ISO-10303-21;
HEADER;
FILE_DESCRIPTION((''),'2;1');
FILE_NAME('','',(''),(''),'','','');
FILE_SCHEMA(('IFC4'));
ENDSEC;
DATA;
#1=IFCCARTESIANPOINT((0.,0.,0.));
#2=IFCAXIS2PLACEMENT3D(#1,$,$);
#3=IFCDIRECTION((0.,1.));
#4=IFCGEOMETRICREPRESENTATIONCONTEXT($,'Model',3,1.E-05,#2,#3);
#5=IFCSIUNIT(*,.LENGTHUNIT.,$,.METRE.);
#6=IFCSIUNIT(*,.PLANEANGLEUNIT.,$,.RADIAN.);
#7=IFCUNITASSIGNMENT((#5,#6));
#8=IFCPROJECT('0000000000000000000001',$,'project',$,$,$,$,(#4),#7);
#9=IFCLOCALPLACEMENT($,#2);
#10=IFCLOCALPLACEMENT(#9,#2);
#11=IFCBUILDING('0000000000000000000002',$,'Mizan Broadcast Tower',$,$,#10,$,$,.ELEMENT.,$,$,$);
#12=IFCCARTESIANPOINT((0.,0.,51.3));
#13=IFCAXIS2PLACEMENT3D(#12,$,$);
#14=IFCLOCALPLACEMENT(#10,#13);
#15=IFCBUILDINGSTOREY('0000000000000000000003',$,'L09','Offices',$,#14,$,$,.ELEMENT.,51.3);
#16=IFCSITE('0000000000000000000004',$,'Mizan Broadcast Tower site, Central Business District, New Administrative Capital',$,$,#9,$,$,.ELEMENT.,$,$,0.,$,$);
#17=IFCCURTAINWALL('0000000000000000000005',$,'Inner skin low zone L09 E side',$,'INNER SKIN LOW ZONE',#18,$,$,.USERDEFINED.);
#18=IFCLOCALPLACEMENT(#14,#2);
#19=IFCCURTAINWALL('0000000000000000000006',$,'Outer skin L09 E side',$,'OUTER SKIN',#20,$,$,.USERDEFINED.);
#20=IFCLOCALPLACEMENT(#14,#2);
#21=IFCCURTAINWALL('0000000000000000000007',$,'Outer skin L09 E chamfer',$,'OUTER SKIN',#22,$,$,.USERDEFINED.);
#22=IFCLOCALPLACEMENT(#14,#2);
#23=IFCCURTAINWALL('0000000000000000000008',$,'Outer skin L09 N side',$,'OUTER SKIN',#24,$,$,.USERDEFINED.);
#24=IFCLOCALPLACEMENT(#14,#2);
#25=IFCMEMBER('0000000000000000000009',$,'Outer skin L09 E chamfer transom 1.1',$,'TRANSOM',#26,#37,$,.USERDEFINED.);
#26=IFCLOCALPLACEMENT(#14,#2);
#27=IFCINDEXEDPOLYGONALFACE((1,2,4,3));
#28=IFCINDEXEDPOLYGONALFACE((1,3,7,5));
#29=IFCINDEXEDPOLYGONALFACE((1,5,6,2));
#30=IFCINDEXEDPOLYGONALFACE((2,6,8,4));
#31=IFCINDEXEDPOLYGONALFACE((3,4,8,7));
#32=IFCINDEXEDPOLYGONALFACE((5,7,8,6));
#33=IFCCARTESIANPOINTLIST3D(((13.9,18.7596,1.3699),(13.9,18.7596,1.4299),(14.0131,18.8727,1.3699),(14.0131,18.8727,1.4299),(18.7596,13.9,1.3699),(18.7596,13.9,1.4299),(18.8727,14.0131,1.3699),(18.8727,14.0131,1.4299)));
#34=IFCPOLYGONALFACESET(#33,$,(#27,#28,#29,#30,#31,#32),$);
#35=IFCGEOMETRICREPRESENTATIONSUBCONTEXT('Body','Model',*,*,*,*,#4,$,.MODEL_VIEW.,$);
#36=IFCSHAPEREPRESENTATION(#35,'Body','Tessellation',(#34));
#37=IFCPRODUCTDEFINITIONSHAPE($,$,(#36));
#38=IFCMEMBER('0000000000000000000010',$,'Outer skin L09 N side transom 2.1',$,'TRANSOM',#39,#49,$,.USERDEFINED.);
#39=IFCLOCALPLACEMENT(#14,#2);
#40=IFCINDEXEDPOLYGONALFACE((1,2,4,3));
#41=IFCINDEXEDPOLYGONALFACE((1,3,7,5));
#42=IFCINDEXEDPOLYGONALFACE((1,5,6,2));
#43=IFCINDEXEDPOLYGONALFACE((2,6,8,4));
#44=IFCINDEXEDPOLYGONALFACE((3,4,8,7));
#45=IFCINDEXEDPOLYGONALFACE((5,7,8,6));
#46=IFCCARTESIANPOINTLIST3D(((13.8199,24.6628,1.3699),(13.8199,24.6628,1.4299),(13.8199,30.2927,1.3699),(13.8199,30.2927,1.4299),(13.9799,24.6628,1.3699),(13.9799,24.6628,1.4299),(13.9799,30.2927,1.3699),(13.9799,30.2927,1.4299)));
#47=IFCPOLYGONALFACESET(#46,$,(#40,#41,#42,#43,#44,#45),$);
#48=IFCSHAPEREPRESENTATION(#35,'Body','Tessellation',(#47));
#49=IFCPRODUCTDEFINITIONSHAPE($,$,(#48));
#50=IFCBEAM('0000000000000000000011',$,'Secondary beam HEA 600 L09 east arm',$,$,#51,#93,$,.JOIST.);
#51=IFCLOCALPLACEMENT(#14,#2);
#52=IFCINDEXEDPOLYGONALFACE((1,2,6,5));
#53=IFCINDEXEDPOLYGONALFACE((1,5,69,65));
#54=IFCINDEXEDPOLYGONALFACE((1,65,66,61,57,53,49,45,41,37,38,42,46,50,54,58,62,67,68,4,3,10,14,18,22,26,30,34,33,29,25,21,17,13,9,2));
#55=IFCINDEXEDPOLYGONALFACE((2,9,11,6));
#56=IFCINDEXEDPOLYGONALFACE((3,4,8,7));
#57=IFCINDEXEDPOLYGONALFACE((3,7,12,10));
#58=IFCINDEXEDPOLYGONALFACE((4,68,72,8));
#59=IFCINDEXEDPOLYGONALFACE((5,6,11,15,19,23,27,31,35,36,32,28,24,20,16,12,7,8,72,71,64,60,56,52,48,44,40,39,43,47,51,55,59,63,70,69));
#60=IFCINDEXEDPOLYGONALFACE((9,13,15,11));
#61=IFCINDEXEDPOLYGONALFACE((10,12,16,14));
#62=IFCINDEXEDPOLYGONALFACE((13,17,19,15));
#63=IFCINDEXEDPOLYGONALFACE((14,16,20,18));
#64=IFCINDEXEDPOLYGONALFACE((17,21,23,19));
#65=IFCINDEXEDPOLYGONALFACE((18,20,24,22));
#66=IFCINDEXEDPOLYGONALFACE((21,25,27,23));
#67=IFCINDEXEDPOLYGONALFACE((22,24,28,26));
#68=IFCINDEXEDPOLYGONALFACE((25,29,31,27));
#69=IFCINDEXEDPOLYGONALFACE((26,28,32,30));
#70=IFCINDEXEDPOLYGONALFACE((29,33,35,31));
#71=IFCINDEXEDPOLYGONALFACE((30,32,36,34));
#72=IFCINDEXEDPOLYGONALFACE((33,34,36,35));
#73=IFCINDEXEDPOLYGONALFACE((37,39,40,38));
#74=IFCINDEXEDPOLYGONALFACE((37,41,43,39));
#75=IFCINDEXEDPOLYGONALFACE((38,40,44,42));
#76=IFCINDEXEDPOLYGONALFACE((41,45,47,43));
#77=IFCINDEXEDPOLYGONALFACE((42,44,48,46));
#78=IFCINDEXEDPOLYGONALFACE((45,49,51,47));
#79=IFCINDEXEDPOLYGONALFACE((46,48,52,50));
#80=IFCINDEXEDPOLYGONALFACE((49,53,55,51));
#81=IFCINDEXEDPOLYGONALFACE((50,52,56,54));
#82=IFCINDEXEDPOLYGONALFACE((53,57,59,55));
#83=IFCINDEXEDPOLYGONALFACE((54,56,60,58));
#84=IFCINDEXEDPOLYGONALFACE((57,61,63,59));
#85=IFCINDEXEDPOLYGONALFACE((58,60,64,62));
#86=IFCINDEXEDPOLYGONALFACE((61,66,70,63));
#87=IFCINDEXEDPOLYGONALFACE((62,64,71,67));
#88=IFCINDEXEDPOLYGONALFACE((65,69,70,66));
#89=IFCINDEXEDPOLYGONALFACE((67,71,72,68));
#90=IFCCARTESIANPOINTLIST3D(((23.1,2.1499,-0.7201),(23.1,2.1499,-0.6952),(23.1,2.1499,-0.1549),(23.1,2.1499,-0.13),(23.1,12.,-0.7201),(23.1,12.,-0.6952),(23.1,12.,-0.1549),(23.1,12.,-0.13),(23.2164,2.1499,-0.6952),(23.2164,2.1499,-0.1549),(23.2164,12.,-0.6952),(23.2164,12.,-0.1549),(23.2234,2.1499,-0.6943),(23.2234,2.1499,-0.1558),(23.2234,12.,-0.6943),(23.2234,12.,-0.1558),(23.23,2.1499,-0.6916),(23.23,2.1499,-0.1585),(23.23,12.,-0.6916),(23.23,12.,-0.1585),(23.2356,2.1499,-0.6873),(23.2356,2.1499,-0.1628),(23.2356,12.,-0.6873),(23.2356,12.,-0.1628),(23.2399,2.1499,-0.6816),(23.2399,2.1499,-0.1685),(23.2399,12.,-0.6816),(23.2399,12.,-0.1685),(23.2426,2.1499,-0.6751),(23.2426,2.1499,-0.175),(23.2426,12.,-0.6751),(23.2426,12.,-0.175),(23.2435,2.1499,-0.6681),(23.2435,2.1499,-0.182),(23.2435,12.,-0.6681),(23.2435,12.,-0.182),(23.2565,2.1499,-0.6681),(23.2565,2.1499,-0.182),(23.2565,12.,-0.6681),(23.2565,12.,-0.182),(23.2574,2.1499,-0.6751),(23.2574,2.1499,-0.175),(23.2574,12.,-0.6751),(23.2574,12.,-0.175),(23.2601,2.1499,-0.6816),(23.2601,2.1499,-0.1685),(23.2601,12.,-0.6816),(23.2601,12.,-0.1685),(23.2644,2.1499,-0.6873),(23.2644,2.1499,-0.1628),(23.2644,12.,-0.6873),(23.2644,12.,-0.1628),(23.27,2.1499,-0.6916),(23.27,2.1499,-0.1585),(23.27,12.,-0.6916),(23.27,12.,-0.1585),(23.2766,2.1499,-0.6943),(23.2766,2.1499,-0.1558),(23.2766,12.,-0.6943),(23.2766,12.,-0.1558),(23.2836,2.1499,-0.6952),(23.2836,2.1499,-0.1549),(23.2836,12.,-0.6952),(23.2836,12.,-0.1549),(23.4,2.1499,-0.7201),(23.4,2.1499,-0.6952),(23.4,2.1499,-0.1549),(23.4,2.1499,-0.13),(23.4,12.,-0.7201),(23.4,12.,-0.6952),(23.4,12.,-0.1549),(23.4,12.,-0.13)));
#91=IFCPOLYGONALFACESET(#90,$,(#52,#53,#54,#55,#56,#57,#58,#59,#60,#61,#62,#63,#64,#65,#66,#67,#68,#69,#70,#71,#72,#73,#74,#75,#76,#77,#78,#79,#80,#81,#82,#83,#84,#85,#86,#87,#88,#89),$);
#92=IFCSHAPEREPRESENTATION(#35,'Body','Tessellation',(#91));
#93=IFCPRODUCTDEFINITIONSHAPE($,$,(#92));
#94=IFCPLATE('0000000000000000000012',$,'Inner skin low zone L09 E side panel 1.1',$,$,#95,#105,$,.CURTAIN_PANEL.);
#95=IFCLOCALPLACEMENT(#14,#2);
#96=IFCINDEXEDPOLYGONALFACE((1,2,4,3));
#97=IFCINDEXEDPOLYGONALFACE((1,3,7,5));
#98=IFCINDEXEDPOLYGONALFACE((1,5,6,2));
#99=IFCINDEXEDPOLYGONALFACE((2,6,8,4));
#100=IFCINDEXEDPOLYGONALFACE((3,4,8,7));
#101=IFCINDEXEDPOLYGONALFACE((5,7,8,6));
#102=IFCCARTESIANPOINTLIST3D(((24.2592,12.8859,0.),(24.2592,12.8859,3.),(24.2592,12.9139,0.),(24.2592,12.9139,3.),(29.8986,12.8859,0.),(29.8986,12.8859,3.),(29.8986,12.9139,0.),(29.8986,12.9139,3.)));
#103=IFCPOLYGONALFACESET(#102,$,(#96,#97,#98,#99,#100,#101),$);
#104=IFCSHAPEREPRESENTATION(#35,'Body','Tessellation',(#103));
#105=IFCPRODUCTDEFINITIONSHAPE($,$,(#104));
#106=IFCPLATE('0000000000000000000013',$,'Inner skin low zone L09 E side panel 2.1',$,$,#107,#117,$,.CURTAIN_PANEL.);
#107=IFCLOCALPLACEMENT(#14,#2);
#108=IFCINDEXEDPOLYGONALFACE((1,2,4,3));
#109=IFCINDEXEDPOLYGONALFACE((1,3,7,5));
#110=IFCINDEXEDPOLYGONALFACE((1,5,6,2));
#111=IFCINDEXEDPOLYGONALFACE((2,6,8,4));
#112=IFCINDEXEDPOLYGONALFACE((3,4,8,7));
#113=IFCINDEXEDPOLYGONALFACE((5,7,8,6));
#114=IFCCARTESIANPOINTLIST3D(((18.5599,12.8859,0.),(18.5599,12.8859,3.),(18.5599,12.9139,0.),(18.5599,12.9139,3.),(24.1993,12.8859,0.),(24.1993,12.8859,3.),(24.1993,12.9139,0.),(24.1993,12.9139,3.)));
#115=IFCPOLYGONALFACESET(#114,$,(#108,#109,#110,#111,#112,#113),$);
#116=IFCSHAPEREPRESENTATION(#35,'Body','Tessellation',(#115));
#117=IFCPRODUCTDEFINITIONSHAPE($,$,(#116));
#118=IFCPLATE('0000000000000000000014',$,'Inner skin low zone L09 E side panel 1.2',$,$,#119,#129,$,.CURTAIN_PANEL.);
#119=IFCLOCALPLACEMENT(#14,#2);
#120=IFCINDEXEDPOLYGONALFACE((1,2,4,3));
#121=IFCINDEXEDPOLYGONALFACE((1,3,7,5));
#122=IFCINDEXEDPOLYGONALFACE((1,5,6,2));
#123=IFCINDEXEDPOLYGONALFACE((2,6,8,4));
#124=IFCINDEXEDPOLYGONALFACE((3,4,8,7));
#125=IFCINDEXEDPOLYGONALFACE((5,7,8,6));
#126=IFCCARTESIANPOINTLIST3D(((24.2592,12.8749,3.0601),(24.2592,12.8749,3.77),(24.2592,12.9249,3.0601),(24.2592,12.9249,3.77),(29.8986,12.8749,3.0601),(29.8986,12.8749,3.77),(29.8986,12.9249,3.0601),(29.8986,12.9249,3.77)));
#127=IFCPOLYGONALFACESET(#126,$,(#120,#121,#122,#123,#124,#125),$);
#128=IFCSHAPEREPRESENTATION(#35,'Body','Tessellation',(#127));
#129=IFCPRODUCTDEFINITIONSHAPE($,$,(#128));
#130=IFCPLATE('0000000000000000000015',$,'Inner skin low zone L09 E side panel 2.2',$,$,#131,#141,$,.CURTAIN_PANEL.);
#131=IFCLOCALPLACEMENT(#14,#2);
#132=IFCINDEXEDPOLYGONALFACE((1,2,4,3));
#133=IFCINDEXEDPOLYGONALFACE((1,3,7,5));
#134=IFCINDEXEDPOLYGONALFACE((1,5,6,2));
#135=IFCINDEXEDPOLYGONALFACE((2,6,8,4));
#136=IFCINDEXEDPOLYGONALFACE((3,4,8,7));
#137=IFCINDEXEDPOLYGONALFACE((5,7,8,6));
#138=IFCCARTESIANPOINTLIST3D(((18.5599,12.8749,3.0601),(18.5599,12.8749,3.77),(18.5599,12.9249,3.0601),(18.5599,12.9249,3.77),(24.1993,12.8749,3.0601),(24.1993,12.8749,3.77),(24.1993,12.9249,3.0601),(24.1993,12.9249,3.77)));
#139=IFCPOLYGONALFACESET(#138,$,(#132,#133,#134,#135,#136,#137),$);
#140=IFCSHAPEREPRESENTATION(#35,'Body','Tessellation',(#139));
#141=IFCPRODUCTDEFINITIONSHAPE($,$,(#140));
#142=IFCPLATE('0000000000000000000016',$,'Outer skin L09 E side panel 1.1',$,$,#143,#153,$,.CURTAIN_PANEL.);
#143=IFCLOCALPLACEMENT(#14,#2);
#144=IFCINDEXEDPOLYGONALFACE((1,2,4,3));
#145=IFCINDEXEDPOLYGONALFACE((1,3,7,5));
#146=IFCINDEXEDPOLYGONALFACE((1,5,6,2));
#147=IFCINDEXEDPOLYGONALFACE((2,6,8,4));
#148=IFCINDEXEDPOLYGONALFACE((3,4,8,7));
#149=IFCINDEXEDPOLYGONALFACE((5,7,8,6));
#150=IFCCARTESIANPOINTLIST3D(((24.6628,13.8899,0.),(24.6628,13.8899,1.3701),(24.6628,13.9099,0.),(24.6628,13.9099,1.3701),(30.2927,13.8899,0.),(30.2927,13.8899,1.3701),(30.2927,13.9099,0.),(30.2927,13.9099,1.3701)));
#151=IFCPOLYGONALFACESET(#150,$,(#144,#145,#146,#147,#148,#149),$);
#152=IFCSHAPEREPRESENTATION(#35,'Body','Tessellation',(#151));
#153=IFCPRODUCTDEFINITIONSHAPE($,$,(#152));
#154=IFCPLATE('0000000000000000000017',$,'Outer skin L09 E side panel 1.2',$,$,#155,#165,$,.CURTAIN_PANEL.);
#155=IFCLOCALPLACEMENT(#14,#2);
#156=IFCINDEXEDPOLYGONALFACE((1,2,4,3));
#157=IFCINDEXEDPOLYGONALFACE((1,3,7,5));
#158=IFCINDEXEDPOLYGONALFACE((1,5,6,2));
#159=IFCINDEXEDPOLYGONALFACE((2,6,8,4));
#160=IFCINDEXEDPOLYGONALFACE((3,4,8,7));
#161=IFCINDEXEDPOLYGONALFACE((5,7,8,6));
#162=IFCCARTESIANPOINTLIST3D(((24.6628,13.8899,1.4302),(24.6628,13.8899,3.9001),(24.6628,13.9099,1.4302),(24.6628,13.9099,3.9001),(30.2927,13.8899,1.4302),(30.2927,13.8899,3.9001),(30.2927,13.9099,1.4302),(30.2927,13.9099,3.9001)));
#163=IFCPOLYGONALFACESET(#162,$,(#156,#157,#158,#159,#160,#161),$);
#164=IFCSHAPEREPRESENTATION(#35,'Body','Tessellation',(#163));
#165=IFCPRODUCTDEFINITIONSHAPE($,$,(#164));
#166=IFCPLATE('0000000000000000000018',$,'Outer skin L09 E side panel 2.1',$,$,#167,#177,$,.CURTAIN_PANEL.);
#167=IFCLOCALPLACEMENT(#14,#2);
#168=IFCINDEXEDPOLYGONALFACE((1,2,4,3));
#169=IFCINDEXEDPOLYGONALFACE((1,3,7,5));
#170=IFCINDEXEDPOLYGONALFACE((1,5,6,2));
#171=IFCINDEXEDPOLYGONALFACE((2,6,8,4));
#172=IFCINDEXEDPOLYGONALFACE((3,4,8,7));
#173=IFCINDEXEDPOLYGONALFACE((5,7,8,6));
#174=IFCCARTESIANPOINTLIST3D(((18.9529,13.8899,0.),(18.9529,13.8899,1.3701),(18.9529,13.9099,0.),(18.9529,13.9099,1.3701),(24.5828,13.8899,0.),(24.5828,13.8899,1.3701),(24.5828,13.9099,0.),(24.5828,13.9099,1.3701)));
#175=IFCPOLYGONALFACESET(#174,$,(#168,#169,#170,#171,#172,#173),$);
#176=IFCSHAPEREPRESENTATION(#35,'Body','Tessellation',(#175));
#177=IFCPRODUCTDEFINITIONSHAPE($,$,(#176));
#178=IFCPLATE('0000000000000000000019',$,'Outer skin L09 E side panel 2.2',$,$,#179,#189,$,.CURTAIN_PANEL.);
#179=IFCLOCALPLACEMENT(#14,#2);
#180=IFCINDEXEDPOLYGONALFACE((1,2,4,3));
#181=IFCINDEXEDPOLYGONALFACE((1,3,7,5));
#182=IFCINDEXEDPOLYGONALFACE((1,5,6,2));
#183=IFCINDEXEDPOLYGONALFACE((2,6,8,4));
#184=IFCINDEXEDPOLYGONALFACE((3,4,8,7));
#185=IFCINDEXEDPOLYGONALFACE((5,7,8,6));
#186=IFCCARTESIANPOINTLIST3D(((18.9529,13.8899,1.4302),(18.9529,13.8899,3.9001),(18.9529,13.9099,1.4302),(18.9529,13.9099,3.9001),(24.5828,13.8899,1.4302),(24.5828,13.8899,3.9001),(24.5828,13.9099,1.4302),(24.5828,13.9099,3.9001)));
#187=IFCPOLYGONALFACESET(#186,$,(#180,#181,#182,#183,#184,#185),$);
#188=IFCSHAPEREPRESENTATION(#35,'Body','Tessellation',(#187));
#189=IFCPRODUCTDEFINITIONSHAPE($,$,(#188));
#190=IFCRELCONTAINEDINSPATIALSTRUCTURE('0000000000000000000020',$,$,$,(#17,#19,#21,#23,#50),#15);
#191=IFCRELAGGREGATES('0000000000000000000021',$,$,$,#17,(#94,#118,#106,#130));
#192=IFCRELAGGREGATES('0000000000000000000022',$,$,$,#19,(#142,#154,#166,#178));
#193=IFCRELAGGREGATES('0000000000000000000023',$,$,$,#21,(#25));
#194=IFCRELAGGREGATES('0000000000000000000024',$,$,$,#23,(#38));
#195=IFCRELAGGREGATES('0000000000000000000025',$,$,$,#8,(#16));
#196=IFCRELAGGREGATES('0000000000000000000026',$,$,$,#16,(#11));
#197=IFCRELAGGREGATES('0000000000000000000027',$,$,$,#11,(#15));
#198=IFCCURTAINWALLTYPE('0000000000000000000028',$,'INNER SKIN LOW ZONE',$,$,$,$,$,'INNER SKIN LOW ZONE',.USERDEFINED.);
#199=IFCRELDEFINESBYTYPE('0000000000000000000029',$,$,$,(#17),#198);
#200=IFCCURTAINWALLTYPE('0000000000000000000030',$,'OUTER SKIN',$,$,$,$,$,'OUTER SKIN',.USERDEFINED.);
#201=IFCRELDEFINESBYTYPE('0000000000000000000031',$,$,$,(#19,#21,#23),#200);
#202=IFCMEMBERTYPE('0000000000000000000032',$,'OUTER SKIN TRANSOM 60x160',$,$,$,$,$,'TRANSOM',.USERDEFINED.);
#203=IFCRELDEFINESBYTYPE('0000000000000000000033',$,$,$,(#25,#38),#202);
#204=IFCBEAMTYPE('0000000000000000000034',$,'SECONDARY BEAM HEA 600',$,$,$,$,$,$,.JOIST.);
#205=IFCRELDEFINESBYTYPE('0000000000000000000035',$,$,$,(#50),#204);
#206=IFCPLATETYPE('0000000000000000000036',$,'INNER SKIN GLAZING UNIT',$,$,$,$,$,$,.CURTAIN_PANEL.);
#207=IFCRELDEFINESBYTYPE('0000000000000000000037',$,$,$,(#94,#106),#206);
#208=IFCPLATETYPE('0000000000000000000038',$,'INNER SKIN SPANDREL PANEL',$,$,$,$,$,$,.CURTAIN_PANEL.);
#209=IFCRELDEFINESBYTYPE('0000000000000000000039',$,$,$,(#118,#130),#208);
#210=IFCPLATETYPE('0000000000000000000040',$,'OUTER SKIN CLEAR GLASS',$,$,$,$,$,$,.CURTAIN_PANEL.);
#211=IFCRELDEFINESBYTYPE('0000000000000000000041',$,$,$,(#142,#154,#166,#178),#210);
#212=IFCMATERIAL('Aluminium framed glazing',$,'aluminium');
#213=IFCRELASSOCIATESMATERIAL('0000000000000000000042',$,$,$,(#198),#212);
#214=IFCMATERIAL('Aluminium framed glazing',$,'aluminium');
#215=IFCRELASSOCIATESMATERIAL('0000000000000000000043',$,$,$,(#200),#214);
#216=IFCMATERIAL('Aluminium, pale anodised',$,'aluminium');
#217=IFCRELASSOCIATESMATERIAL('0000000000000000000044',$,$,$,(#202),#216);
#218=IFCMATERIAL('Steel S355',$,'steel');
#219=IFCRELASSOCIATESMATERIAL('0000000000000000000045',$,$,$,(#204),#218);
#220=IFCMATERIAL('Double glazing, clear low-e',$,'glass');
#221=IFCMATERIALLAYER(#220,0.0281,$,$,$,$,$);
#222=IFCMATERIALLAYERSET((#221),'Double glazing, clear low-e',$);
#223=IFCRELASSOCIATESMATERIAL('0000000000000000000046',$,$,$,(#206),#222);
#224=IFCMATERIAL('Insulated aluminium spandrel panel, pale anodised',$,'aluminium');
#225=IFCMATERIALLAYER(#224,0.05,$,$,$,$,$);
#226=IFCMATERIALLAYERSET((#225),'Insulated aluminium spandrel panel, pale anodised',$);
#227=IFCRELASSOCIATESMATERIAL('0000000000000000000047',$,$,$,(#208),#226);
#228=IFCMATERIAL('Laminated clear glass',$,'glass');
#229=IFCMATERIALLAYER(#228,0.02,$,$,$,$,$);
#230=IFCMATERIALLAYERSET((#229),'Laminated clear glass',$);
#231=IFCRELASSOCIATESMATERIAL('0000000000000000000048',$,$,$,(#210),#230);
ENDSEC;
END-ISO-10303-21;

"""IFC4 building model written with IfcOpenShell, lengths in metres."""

from ifc_helpers import new_model, si_unit, direction, frame, origin, origin_2d, place, context, subcontext, project, spatial, rectangle, i_section, extrude, material, layer, layer_set, material_profile, profile_set, type_object, element, aggregate, save


model = new_model("IFC4")

# Units and contexts
model_context = context("Model", 3, precision=1e-05, world=origin(), true_north=direction((0.0, 1.0)))
body_context = subcontext(model_context, "Body", "Model", "MODEL_VIEW")
ifc_project = project(units=[si_unit("LENGTHUNIT", "METRE"), si_unit("PLANEANGLEUNIT", "RADIAN")], contexts=[model_context])

# Site, building, storey
site_placement = place(None, origin())
site = spatial("IfcSite", under=ifc_project, at=site_placement, Name="Mizan Broadcast Tower site, Central Business District, New Administrative Capital", CompositionType="ELEMENT", RefElevation=0.0)
building_placement = place(site_placement, origin())
building = spatial("IfcBuilding", under=site, at=building_placement, Name="Mizan Broadcast Tower", CompositionType="ELEMENT")
storey_placement = place(building_placement, frame((0.0, 0.0, 51.3)))
storey = spatial("IfcBuildingStorey", under=building, at=storey_placement, Name="L09", Description="Offices", CompositionType="ELEMENT", Elevation=51.3)

# Shared definitions
ifc_material_1 = material(Name="Aluminium framed glazing", Category="aluminium")
curtain_wall_type_1 = type_object("IfcCurtainWallType", Name="INNER SKIN LOW ZONE", ElementType="INNER SKIN LOW ZONE", PredefinedType="USERDEFINED", material=ifc_material_1)

# Curtain wall
curtain_wall_1_placement = place(storey_placement, origin())
curtain_wall_1 = element("IfcCurtainWall", 1, at=curtain_wall_1_placement, inside=storey, type_object=curtain_wall_type_1, Name="Inner skin low zone L09 E side", ObjectType="INNER SKIN LOW ZONE", PredefinedType="USERDEFINED")

# Shared definitions
ifc_material_2 = material(Name="Aluminium framed glazing", Category="aluminium")
curtain_wall_type_2 = type_object("IfcCurtainWallType", Name="OUTER SKIN", ElementType="OUTER SKIN", PredefinedType="USERDEFINED", material=ifc_material_2)

# Curtain wall
curtain_wall_2_placement = place(storey_placement, origin())
curtain_wall_2 = element("IfcCurtainWall", 2, at=curtain_wall_2_placement, inside=storey, type_object=curtain_wall_type_2, Name="Outer skin L09 E side", ObjectType="OUTER SKIN", PredefinedType="USERDEFINED")

# Curtain wall
curtain_wall_3_placement = place(storey_placement, origin())
curtain_wall_3 = element("IfcCurtainWall", 3, at=curtain_wall_3_placement, inside=storey, type_object=curtain_wall_type_2, Name="Outer skin L09 E chamfer", ObjectType="OUTER SKIN", PredefinedType="USERDEFINED")

# Curtain wall
curtain_wall_4_placement = place(storey_placement, origin())
curtain_wall_4 = element("IfcCurtainWall", 4, at=curtain_wall_4_placement, inside=storey, type_object=curtain_wall_type_2, Name="Outer skin L09 N side", ObjectType="OUTER SKIN", PredefinedType="USERDEFINED")

# Members
ifc_material_3 = material(Name="Aluminium, pale anodised", Category="aluminium")
ifc_material_profile_1 = material_profile(ifc_material_3, rectangle(XDim=0.1599, YDim=0.0601, at=origin_2d()), Name="TRANSOM 160x60")
ifc_profile_set_1 = profile_set([ifc_material_profile_1], Name="Aluminium, pale anodised")
member_type_1 = type_object("IfcMemberType", Name="OUTER SKIN TRANSOM 60x160", ElementType="TRANSOM", PredefinedType="USERDEFINED", material=ifc_profile_set_1)
member_1_placement = place(storey_placement, frame((18.8162, 13.9565, 1.3999), z_axis=(-0.707107, 0.707107, 0.0), x_axis=(-0.707107, -0.707107, 0.0)))
member_1 = element("IfcMember", 5, at=member_1_placement, type_object=member_type_1, Name="Outer skin L09 E chamfer transom 1.1", ObjectType="TRANSOM", PredefinedType="USERDEFINED", context=body_context, shape_type="SweptSolid", body=[
    extrude(rectangle(XDim=0.1599, YDim=0.0601, at=origin_2d()), origin(), (0.0, 0.0, 1.0), 6.8726),
])
member_2_placement = place(storey_placement, frame((13.8999, 24.6628, 1.3999), z_axis=(0.0, 1.0, 0.0), x_axis=(-1.0, 0.0, 0.0)))
member_2 = element("IfcMember", 6, at=member_2_placement, type_object=member_type_1, Name="Outer skin L09 N side transom 2.1", ObjectType="TRANSOM", PredefinedType="USERDEFINED", context=body_context, shape_type="SweptSolid", body=[
    extrude(rectangle(XDim=0.1599, YDim=0.0601, at=origin_2d()), origin(), (0.0, 0.0, 1.0), 5.6299),
])

# Beam
ifc_material_4 = material(Name="Steel S355", Category="steel")
ifc_material_profile_2 = material_profile(ifc_material_4, i_section(OverallWidth=0.3, OverallDepth=0.5901, WebThickness=0.0129, FlangeThickness=0.0249, FilletRadius=0.0271, at=origin_2d()), Name="HEA 600")
ifc_profile_set_2 = profile_set([ifc_material_profile_2], Name="Steel S355")
beam_type = type_object("IfcBeamType", Name="SECONDARY BEAM HEA 600", PredefinedType="JOIST", material=ifc_profile_set_2)
beam_placement = place(storey_placement, frame((23.25, 12.0, -0.425), z_axis=(0.0, -1.0, 0.0), x_axis=(1.0, 0.0, 0.0)))
element("IfcBeam", 7, at=beam_placement, inside=storey, type_object=beam_type, Name="Secondary beam HEA 600 L09 east arm", PredefinedType="JOIST", context=body_context, shape_type="SweptSolid", body=[
    extrude(i_section(OverallWidth=0.3, OverallDepth=0.5901, WebThickness=0.0129, FlangeThickness=0.0249, FilletRadius=0.0271, at=origin_2d()), origin(), (0.0, 0.0, 1.0), 9.8501),
])

# Plates
ifc_material_5 = material(Name="Double glazing, clear low-e", Category="glass")
ifc_layer_1 = layer(ifc_material_5, 0.0281)
ifc_layer_set_1 = layer_set([ifc_layer_1], Name="Double glazing, clear low-e")
plate_type_1 = type_object("IfcPlateType", Name="INNER SKIN GLAZING UNIT", PredefinedType="CURTAIN_PANEL", material=ifc_layer_set_1)
plate_1_placement = place(storey_placement, frame((27.0789, 12.8999, 0.0), z_axis=(0.0, 0.0, 1.0), x_axis=(-1.0, 0.0, 0.0)))
plate_1 = element("IfcPlate", 8, at=plate_1_placement, type_object=plate_type_1, Name="Inner skin low zone L09 E side panel 1.1", PredefinedType="CURTAIN_PANEL", context=body_context, shape_type="SweptSolid", body=[
    extrude(rectangle(XDim=5.6394, YDim=0.0281, at=origin_2d()), origin(), (0.0, 0.0, 1.0), 3.0),
])
plate_2_placement = place(storey_placement, frame((21.3796, 12.8999, 0.0), z_axis=(0.0, 0.0, 1.0), x_axis=(-1.0, 0.0, 0.0)))
plate_2 = element("IfcPlate", 9, at=plate_2_placement, type_object=plate_type_1, Name="Inner skin low zone L09 E side panel 2.1", PredefinedType="CURTAIN_PANEL", context=body_context, shape_type="SweptSolid", body=[
    extrude(rectangle(XDim=5.6394, YDim=0.0281, at=origin_2d()), origin(), (0.0, 0.0, 1.0), 3.0),
])
ifc_material_6 = material(Name="Insulated aluminium spandrel panel, pale anodised", Category="aluminium")
ifc_layer_2 = layer(ifc_material_6, 0.05)
ifc_layer_set_2 = layer_set([ifc_layer_2], Name="Insulated aluminium spandrel panel, pale anodised")
plate_type_2 = type_object("IfcPlateType", Name="INNER SKIN SPANDREL PANEL", PredefinedType="CURTAIN_PANEL", material=ifc_layer_set_2)
plate_3_placement = place(storey_placement, frame((27.0789, 12.8999, 3.0601), z_axis=(0.0, 0.0, 1.0), x_axis=(-1.0, 0.0, 0.0)))
plate_3 = element("IfcPlate", 10, at=plate_3_placement, type_object=plate_type_2, Name="Inner skin low zone L09 E side panel 1.2", PredefinedType="CURTAIN_PANEL", context=body_context, shape_type="SweptSolid", body=[
    extrude(rectangle(XDim=5.6394, YDim=0.05, at=origin_2d()), origin(), (0.0, 0.0, 1.0), 0.71),
])
plate_4_placement = place(storey_placement, frame((21.3796, 12.8999, 3.0601), z_axis=(0.0, 0.0, 1.0), x_axis=(-1.0, 0.0, 0.0)))
plate_4 = element("IfcPlate", 11, at=plate_4_placement, type_object=plate_type_2, Name="Inner skin low zone L09 E side panel 2.2", PredefinedType="CURTAIN_PANEL", context=body_context, shape_type="SweptSolid", body=[
    extrude(rectangle(XDim=5.6394, YDim=0.05, at=origin_2d()), origin(), (0.0, 0.0, 1.0), 0.71),
])
aggregate(curtain_wall_1, [plate_1, plate_3, plate_2, plate_4])
ifc_material_7 = material(Name="Laminated clear glass", Category="glass")
ifc_layer_3 = layer(ifc_material_7, 0.02)
ifc_layer_set_3 = layer_set([ifc_layer_3], Name="Laminated clear glass")
plate_type_3 = type_object("IfcPlateType", Name="OUTER SKIN CLEAR GLASS", PredefinedType="CURTAIN_PANEL", material=ifc_layer_set_3)
plate_5_placement = place(storey_placement, frame((27.4778, 13.8999, 0.0), z_axis=(0.0, 0.0, 1.0), x_axis=(-1.0, 0.0, 0.0)))
plate_5 = element("IfcPlate", 12, at=plate_5_placement, type_object=plate_type_3, Name="Outer skin L09 E side panel 1.1", PredefinedType="CURTAIN_PANEL", context=body_context, shape_type="SweptSolid", body=[
    extrude(rectangle(XDim=5.6299, YDim=0.02, at=origin_2d()), origin(), (0.0, 0.0, 1.0), 1.3701),
])
plate_6_placement = place(storey_placement, frame((27.4778, 13.8999, 1.4302), z_axis=(0.0, 0.0, 1.0), x_axis=(-1.0, 0.0, 0.0)))
plate_6 = element("IfcPlate", 13, at=plate_6_placement, type_object=plate_type_3, Name="Outer skin L09 E side panel 1.2", PredefinedType="CURTAIN_PANEL", context=body_context, shape_type="SweptSolid", body=[
    extrude(rectangle(XDim=5.6299, YDim=0.02, at=origin_2d()), origin(), (0.0, 0.0, 1.0), 2.47),
])
plate_7_placement = place(storey_placement, frame((21.7678, 13.8999, 0.0), z_axis=(0.0, 0.0, 1.0), x_axis=(-1.0, 0.0, 0.0)))
plate_7 = element("IfcPlate", 14, at=plate_7_placement, type_object=plate_type_3, Name="Outer skin L09 E side panel 2.1", PredefinedType="CURTAIN_PANEL", context=body_context, shape_type="SweptSolid", body=[
    extrude(rectangle(XDim=5.6299, YDim=0.02, at=origin_2d()), origin(), (0.0, 0.0, 1.0), 1.3701),
])
plate_8_placement = place(storey_placement, frame((21.7678, 13.8999, 1.4302), z_axis=(0.0, 0.0, 1.0), x_axis=(-1.0, 0.0, 0.0)))
plate_8 = element("IfcPlate", 15, at=plate_8_placement, type_object=plate_type_3, Name="Outer skin L09 E side panel 2.2", PredefinedType="CURTAIN_PANEL", context=body_context, shape_type="SweptSolid", body=[
    extrude(rectangle(XDim=5.6299, YDim=0.02, at=origin_2d()), origin(), (0.0, 0.0, 1.0), 2.47),
])
aggregate(curtain_wall_2, [plate_5, plate_6, plate_7, plate_8])
aggregate(curtain_wall_3, [member_1])
aggregate(curtain_wall_4, [member_2])

save(model, "model.ifc")
